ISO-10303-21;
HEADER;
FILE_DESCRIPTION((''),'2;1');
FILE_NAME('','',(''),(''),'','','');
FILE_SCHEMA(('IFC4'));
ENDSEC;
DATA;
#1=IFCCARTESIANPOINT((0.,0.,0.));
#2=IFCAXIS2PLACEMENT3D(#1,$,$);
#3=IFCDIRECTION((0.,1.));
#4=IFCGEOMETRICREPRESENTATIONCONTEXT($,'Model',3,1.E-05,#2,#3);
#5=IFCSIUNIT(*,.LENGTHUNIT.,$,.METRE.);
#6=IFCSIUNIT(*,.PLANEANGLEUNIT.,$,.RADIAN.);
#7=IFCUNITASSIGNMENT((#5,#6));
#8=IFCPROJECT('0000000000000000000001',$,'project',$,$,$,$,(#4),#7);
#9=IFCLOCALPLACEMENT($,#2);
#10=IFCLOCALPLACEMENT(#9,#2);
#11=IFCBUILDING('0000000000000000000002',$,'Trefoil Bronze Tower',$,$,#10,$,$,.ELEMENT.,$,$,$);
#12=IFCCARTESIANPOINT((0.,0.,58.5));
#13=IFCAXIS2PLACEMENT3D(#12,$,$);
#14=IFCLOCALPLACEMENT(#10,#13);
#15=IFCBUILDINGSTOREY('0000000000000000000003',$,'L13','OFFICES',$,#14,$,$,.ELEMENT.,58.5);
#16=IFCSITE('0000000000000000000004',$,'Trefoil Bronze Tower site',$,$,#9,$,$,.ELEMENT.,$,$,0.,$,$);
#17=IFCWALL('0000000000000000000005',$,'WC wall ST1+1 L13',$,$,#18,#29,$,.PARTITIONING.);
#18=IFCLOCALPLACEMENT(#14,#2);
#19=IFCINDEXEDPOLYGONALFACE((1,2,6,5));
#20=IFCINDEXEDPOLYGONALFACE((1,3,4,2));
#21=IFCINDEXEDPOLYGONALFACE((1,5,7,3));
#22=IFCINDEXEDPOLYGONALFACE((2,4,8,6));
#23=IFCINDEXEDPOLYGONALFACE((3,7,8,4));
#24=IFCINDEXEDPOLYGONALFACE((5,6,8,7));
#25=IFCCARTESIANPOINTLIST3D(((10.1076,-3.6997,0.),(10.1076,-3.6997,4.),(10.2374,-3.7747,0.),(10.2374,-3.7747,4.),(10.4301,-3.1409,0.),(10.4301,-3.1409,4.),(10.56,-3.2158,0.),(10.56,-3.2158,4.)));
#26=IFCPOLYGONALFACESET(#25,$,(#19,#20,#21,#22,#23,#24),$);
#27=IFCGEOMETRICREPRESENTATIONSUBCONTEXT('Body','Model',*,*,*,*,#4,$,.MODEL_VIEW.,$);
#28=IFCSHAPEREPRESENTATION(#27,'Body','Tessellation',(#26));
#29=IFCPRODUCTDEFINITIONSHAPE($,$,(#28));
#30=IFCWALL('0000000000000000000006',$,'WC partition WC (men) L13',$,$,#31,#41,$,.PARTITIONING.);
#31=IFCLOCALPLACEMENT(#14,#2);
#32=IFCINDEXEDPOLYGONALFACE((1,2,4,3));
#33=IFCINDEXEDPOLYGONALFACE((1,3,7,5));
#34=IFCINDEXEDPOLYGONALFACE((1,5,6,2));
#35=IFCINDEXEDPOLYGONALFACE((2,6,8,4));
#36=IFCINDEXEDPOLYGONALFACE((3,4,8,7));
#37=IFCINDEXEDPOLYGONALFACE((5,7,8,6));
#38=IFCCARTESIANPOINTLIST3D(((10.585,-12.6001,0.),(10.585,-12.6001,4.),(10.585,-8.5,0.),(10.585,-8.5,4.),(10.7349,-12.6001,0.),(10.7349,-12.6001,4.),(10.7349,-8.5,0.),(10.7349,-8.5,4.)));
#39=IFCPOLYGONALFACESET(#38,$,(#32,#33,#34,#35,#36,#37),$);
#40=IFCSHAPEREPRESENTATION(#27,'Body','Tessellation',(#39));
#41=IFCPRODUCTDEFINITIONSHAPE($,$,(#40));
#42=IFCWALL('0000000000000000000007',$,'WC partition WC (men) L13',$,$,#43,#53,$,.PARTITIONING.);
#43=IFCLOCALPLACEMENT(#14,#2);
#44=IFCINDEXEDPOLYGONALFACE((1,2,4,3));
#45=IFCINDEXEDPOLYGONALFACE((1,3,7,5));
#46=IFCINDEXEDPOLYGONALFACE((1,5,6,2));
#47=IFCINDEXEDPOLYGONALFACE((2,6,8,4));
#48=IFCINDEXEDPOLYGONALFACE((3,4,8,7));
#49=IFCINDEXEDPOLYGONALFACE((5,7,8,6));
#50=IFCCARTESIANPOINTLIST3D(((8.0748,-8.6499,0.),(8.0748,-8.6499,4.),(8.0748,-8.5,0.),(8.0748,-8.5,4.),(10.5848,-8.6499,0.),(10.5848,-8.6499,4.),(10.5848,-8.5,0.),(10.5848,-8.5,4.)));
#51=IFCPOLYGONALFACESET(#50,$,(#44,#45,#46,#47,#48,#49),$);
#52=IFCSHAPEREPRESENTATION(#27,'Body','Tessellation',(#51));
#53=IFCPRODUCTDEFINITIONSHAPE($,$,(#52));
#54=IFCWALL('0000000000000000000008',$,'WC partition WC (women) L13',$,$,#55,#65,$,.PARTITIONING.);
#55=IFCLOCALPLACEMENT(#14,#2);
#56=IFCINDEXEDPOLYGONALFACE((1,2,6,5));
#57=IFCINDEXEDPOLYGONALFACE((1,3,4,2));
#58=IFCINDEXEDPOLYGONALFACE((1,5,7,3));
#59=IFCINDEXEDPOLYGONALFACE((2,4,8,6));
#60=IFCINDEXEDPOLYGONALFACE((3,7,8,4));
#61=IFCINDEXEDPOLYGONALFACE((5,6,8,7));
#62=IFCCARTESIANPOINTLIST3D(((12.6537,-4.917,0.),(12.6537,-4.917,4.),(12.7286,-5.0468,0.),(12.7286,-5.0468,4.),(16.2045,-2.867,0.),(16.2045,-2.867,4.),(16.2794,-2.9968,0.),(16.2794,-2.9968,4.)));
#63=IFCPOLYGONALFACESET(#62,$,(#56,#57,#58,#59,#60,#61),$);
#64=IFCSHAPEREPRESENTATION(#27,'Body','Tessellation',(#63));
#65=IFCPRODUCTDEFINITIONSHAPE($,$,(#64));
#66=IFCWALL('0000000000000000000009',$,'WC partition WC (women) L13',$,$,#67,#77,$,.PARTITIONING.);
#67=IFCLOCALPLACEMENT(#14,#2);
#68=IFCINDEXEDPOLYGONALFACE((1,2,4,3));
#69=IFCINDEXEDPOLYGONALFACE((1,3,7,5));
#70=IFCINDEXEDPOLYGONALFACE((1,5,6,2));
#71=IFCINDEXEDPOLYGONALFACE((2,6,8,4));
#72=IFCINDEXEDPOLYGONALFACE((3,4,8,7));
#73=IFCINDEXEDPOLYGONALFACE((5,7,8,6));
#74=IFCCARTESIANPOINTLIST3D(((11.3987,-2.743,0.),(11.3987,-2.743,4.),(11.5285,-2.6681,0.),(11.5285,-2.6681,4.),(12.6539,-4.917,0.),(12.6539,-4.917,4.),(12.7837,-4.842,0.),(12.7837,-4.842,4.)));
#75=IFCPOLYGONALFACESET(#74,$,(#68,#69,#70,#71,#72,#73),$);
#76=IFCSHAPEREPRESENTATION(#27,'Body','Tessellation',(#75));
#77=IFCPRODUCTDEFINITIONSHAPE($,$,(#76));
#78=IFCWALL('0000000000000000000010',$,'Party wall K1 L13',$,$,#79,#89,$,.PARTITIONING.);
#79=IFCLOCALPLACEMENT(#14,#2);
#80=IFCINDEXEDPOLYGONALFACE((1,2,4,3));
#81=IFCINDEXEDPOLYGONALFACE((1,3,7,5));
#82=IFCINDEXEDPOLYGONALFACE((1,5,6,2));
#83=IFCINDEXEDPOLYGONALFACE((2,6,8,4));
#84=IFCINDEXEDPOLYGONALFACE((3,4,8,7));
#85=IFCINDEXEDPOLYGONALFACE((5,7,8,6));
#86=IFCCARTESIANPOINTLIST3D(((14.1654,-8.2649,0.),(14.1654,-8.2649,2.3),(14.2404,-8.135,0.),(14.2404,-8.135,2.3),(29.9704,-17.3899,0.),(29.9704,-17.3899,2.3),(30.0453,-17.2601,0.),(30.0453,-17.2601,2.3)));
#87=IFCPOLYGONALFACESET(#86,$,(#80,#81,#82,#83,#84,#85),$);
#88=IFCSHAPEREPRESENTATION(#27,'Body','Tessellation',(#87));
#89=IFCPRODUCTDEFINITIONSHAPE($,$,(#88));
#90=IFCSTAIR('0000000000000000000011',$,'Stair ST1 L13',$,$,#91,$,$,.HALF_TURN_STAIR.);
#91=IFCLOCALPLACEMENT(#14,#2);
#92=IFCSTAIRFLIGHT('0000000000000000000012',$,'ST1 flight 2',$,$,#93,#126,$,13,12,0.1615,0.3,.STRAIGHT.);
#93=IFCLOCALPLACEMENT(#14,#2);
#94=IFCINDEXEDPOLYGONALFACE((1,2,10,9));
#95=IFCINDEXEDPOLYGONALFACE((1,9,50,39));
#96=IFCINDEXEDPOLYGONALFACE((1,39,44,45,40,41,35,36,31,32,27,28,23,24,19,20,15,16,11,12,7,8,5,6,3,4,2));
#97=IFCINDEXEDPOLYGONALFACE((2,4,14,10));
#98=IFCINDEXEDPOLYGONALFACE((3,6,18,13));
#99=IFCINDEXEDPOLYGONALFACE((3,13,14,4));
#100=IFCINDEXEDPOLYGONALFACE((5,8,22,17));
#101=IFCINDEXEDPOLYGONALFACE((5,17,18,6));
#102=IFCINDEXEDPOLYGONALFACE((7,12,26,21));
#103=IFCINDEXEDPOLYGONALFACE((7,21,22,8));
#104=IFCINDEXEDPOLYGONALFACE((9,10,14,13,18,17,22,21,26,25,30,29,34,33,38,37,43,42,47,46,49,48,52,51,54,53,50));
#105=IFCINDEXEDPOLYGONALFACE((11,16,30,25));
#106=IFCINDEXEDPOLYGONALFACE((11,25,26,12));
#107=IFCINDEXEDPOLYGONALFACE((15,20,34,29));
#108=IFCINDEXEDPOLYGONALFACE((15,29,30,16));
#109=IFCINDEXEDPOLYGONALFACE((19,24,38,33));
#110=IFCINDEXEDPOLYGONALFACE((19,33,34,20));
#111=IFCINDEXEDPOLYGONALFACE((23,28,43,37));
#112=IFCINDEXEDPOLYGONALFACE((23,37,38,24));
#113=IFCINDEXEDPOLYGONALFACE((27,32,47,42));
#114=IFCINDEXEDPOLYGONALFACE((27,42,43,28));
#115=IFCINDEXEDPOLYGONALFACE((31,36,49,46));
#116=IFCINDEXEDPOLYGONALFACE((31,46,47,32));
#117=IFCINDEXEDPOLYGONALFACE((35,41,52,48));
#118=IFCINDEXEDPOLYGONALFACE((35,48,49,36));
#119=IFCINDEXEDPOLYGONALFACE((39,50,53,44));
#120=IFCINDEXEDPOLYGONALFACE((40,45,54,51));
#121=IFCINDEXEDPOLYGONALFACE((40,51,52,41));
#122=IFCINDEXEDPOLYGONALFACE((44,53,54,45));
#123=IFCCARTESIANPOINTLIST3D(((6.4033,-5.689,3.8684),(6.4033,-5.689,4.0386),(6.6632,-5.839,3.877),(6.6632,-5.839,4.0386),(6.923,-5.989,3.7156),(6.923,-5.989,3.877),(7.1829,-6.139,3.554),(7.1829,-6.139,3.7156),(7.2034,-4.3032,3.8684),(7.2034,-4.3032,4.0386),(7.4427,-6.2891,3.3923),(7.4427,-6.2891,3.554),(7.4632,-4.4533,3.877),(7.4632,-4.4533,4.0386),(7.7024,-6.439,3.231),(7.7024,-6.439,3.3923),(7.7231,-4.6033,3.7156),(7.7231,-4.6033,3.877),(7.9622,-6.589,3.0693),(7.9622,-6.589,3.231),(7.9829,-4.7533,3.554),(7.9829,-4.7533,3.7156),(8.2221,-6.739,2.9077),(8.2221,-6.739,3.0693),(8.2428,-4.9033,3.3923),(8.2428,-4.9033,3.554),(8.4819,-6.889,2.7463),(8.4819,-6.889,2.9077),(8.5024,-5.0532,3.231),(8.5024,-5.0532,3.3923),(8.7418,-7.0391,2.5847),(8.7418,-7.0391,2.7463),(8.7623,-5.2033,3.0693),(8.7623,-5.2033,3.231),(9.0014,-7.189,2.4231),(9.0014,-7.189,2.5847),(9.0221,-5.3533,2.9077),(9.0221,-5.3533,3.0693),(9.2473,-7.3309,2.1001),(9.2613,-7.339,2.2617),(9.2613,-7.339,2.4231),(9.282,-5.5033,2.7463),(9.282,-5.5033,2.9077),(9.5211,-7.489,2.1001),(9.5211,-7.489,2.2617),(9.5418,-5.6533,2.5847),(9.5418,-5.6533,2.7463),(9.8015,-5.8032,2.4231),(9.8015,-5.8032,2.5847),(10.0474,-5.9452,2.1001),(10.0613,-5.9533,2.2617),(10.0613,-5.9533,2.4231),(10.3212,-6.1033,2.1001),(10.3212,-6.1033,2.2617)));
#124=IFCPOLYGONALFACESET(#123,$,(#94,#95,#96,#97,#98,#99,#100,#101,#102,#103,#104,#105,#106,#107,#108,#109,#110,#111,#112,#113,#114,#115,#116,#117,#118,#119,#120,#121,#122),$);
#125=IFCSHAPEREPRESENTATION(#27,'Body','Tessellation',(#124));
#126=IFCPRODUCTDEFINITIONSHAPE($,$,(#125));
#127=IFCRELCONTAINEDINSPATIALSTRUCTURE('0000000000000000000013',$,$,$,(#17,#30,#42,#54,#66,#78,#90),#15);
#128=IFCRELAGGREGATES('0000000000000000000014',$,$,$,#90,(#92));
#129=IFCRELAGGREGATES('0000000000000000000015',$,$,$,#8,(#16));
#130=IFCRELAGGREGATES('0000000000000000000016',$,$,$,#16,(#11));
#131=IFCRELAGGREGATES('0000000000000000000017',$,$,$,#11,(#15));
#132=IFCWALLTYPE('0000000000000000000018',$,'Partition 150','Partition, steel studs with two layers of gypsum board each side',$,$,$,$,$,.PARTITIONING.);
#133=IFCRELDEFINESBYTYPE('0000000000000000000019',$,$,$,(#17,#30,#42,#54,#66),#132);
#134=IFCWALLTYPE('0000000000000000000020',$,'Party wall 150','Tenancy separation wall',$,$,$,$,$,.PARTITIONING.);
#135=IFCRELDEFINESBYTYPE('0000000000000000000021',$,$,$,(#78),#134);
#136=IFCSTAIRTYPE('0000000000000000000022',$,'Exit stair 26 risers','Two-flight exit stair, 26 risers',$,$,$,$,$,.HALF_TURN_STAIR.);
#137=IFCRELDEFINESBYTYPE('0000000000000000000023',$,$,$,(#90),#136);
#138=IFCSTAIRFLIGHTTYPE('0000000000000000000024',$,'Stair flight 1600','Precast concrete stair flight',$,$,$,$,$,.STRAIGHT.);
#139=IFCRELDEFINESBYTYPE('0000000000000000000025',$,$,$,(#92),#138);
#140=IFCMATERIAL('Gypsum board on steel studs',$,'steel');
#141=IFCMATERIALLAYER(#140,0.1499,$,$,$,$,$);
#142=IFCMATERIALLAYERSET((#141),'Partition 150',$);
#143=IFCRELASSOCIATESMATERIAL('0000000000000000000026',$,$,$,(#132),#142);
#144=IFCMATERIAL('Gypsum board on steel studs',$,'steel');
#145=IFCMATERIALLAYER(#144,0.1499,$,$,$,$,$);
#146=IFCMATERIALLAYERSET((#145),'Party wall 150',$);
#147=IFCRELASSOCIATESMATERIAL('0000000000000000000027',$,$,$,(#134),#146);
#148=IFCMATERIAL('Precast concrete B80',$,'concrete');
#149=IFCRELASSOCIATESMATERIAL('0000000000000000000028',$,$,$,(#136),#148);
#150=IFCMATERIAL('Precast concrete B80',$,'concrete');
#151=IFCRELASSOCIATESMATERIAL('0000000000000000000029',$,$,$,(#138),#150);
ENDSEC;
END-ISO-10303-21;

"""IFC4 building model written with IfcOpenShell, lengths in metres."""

from ifc_helpers import new_model, si_unit, direction, frame, frame_2d, origin, place, context, subcontext, project, spatial, polyline, rectangle, outline, extrude, material, layer, layer_set, type_object, element, aggregate, save


model = new_model("IFC4")

# Units and contexts
model_context = context("Model", 3, precision=1e-05, world=origin(), true_north=direction((0.0, 1.0)))
body_context = subcontext(model_context, "Body", "Model", "MODEL_VIEW")
ifc_project = project(units=[si_unit("LENGTHUNIT", "METRE"), si_unit("PLANEANGLEUNIT", "RADIAN")], contexts=[model_context])

# Site, building, storey
site_placement = place(None, origin())
site = spatial("IfcSite", under=ifc_project, at=site_placement, Name="Trefoil Bronze Tower site", CompositionType="ELEMENT", RefElevation=0.0)
building_placement = place(site_placement, origin())
building = spatial("IfcBuilding", under=site, at=building_placement, Name="Trefoil Bronze Tower", CompositionType="ELEMENT")
storey_placement = place(building_placement, frame((0.0, 0.0, 58.5)))
storey = spatial("IfcBuildingStorey", under=building, at=storey_placement, Name="L13", Description="OFFICES", CompositionType="ELEMENT", Elevation=58.5)

# Shared definitions
ifc_material_1 = material(Name="Gypsum board on steel studs", Category="steel")
ifc_layer_1 = layer(ifc_material_1, 0.1499)
ifc_layer_set_1 = layer_set([ifc_layer_1], Name="Partition 150")
wall_type_1 = type_object("IfcWallType", Name="Partition 150", Description="Partition, steel studs with two layers of gypsum board each side", PredefinedType="PARTITIONING", material=ifc_layer_set_1)

# Walls
wall_1_placement = place(storey_placement, frame((10.4951, -3.1782, 0.0), z_axis=(0.0, 0.0, 1.0), x_axis=(-0.499843, -0.866116, 0.0)))
element("IfcWall", 1, at=wall_1_placement, inside=storey, type_object=wall_type_1, Name="WC wall ST1+1 L13", PredefinedType="PARTITIONING", context=body_context, shape_type="SweptSolid", body=[
    extrude(rectangle(XDim=0.6453, YDim=0.1499, at=frame_2d((0.3228, 0.0))), origin(), (0.0, 0.0, 1.0), 4.0),
])
wall_2_placement = place(storey_placement, frame((10.6599, -8.5, 0.0), z_axis=(0.0, 0.0, 1.0), x_axis=(0.0, -1.0, 0.0)))
element("IfcWall", 2, at=wall_2_placement, inside=storey, type_object=wall_type_1, Name="WC partition WC (men) L13", PredefinedType="PARTITIONING", context=body_context, shape_type="SweptSolid", body=[
    extrude(rectangle(XDim=4.1001, YDim=0.1499, at=frame_2d((2.05, 0.0))), origin(), (0.0, 0.0, 1.0), 4.0),
])
wall_3_placement = place(storey_placement, frame((8.075, -8.575, 0.0), z_axis=(0.0, 0.0, 1.0), x_axis=(1.0, 0.0, 0.0)))
element("IfcWall", 3, at=wall_3_placement, inside=storey, type_object=wall_type_1, Name="WC partition WC (men) L13", PredefinedType="PARTITIONING", context=body_context, shape_type="SweptSolid", body=[
    extrude(rectangle(XDim=2.51, YDim=0.1499, at=frame_2d((1.2549, 0.0))), origin(), (0.0, 0.0, 1.0), 4.0),
])
wall_4_placement = place(storey_placement, frame((12.6912, -4.9819, 0.0), z_axis=(0.0, 0.0, 1.0), x_axis=(0.866025, 0.500001, 0.0)))
element("IfcWall", 4, at=wall_4_placement, inside=storey, type_object=wall_type_1, Name="WC partition WC (women) L13", PredefinedType="PARTITIONING", context=body_context, shape_type="SweptSolid", body=[
    extrude(rectangle(XDim=4.1001, YDim=0.1499, at=frame_2d((2.05, 0.0))), origin(), (0.0, 0.0, 1.0), 4.0),
])
wall_5_placement = place(storey_placement, frame((11.4636, -2.7056, 0.0), z_axis=(0.0, 0.0, 1.0), x_axis=(0.50002, -0.866014, 0.0)))
element("IfcWall", 5, at=wall_5_placement, inside=storey, type_object=wall_type_1, Name="WC partition WC (women) L13", PredefinedType="PARTITIONING", context=body_context, shape_type="SweptSolid", body=[
    extrude(rectangle(XDim=2.5103, YDim=0.1499, at=frame_2d((1.2551, 0.0))), origin(), (0.0, 0.0, 1.0), 4.0),
])
ifc_material_2 = material(Name="Gypsum board on steel studs", Category="steel")
ifc_layer_2 = layer(ifc_material_2, 0.1499)
ifc_layer_set_2 = layer_set([ifc_layer_2], Name="Party wall 150")
wall_type_2 = type_object("IfcWallType", Name="Party wall 150", Description="Tenancy separation wall", PredefinedType="PARTITIONING", material=ifc_layer_set_2)
wall_6_placement = place(storey_placement, frame((14.2029, -8.2, 0.0), z_axis=(0.0, 0.0, 1.0), x_axis=(0.866025, -0.500001, 0.0)))
element("IfcWall", 6, at=wall_6_placement, inside=storey, type_object=wall_type_2, Name="Party wall K1 L13", PredefinedType="PARTITIONING", context=body_context, shape_type="SweptSolid", body=[
    extrude(rectangle(XDim=18.25, YDim=0.1499, at=frame_2d((9.125, 0.0))), origin(), (0.0, 0.0, 1.0), 2.3),
])

# Stair, stair flight
ifc_material_3 = material(Name="Precast concrete B80", Category="concrete")
stair_type = type_object("IfcStairType", Name="Exit stair 26 risers", Description="Two-flight exit stair, 26 risers", PredefinedType="HALF_TURN_STAIR", material=ifc_material_3)
stair_placement = place(storey_placement, origin())
stair = element("IfcStair", 7, at=stair_placement, inside=storey, type_object=stair_type, Name="Stair ST1 L13", PredefinedType="HALF_TURN_STAIR")
ifc_material_4 = material(Name="Precast concrete B80", Category="concrete")
stair_flight_type = type_object("IfcStairFlightType", Name="Stair flight 1600", Description="Precast concrete stair flight", PredefinedType="STRAIGHT", material=ifc_material_4)
stair_flight_placement = place(storey_placement, frame((9.9211, -6.7961, 2.1001), z_axis=(0.0, 0.0, 1.0), x_axis=(-0.866025, 0.5, 0.0)))
stair_flight = element("IfcStairFlight", 8, at=stair_flight_placement, type_object=stair_flight_type, Name="ST1 flight 2", NumberOfRisers=13, NumberOfTreads=12, PredefinedType="STRAIGHT", RiserHeight=0.1615, TreadLength=0.3, context=body_context, shape_type="SweptSolid", body=[
    extrude(outline(polyline([(0.0, 0.0), (0.0, 0.1616), (0.3, 0.1616), (0.3, 0.323), (0.6001, 0.323), (0.6001, 0.4846), (0.8999, 0.4846), (0.8999, 0.6462), (1.2, 0.6462), (1.2, 0.8076), (1.5, 0.8076), (1.5, 0.9692), (1.8, 0.9692), (1.8, 1.1309), (2.1001, 1.1309), (2.1001, 1.2922), (2.3999, 1.2922), (2.3999, 1.4539), (2.7, 1.4539), (2.7, 1.6155), (3.0, 1.6155), (3.0, 1.7769), (3.3, 1.7769), (3.3, 1.9385), (3.6001, 1.9385), (3.6001, 2.1001), (3.6001, 1.7683), (0.3162, 0.0), (0.0, 0.0)])), frame((0.0, 0.8, 0.0), z_axis=(0.0, -1.0, 0.0), x_axis=(1.0, 0.0, 0.0)), (0.0, 0.0, 1.0), 1.6001),
])
aggregate(stair, [stair_flight])

save(model, "model.ifc")
